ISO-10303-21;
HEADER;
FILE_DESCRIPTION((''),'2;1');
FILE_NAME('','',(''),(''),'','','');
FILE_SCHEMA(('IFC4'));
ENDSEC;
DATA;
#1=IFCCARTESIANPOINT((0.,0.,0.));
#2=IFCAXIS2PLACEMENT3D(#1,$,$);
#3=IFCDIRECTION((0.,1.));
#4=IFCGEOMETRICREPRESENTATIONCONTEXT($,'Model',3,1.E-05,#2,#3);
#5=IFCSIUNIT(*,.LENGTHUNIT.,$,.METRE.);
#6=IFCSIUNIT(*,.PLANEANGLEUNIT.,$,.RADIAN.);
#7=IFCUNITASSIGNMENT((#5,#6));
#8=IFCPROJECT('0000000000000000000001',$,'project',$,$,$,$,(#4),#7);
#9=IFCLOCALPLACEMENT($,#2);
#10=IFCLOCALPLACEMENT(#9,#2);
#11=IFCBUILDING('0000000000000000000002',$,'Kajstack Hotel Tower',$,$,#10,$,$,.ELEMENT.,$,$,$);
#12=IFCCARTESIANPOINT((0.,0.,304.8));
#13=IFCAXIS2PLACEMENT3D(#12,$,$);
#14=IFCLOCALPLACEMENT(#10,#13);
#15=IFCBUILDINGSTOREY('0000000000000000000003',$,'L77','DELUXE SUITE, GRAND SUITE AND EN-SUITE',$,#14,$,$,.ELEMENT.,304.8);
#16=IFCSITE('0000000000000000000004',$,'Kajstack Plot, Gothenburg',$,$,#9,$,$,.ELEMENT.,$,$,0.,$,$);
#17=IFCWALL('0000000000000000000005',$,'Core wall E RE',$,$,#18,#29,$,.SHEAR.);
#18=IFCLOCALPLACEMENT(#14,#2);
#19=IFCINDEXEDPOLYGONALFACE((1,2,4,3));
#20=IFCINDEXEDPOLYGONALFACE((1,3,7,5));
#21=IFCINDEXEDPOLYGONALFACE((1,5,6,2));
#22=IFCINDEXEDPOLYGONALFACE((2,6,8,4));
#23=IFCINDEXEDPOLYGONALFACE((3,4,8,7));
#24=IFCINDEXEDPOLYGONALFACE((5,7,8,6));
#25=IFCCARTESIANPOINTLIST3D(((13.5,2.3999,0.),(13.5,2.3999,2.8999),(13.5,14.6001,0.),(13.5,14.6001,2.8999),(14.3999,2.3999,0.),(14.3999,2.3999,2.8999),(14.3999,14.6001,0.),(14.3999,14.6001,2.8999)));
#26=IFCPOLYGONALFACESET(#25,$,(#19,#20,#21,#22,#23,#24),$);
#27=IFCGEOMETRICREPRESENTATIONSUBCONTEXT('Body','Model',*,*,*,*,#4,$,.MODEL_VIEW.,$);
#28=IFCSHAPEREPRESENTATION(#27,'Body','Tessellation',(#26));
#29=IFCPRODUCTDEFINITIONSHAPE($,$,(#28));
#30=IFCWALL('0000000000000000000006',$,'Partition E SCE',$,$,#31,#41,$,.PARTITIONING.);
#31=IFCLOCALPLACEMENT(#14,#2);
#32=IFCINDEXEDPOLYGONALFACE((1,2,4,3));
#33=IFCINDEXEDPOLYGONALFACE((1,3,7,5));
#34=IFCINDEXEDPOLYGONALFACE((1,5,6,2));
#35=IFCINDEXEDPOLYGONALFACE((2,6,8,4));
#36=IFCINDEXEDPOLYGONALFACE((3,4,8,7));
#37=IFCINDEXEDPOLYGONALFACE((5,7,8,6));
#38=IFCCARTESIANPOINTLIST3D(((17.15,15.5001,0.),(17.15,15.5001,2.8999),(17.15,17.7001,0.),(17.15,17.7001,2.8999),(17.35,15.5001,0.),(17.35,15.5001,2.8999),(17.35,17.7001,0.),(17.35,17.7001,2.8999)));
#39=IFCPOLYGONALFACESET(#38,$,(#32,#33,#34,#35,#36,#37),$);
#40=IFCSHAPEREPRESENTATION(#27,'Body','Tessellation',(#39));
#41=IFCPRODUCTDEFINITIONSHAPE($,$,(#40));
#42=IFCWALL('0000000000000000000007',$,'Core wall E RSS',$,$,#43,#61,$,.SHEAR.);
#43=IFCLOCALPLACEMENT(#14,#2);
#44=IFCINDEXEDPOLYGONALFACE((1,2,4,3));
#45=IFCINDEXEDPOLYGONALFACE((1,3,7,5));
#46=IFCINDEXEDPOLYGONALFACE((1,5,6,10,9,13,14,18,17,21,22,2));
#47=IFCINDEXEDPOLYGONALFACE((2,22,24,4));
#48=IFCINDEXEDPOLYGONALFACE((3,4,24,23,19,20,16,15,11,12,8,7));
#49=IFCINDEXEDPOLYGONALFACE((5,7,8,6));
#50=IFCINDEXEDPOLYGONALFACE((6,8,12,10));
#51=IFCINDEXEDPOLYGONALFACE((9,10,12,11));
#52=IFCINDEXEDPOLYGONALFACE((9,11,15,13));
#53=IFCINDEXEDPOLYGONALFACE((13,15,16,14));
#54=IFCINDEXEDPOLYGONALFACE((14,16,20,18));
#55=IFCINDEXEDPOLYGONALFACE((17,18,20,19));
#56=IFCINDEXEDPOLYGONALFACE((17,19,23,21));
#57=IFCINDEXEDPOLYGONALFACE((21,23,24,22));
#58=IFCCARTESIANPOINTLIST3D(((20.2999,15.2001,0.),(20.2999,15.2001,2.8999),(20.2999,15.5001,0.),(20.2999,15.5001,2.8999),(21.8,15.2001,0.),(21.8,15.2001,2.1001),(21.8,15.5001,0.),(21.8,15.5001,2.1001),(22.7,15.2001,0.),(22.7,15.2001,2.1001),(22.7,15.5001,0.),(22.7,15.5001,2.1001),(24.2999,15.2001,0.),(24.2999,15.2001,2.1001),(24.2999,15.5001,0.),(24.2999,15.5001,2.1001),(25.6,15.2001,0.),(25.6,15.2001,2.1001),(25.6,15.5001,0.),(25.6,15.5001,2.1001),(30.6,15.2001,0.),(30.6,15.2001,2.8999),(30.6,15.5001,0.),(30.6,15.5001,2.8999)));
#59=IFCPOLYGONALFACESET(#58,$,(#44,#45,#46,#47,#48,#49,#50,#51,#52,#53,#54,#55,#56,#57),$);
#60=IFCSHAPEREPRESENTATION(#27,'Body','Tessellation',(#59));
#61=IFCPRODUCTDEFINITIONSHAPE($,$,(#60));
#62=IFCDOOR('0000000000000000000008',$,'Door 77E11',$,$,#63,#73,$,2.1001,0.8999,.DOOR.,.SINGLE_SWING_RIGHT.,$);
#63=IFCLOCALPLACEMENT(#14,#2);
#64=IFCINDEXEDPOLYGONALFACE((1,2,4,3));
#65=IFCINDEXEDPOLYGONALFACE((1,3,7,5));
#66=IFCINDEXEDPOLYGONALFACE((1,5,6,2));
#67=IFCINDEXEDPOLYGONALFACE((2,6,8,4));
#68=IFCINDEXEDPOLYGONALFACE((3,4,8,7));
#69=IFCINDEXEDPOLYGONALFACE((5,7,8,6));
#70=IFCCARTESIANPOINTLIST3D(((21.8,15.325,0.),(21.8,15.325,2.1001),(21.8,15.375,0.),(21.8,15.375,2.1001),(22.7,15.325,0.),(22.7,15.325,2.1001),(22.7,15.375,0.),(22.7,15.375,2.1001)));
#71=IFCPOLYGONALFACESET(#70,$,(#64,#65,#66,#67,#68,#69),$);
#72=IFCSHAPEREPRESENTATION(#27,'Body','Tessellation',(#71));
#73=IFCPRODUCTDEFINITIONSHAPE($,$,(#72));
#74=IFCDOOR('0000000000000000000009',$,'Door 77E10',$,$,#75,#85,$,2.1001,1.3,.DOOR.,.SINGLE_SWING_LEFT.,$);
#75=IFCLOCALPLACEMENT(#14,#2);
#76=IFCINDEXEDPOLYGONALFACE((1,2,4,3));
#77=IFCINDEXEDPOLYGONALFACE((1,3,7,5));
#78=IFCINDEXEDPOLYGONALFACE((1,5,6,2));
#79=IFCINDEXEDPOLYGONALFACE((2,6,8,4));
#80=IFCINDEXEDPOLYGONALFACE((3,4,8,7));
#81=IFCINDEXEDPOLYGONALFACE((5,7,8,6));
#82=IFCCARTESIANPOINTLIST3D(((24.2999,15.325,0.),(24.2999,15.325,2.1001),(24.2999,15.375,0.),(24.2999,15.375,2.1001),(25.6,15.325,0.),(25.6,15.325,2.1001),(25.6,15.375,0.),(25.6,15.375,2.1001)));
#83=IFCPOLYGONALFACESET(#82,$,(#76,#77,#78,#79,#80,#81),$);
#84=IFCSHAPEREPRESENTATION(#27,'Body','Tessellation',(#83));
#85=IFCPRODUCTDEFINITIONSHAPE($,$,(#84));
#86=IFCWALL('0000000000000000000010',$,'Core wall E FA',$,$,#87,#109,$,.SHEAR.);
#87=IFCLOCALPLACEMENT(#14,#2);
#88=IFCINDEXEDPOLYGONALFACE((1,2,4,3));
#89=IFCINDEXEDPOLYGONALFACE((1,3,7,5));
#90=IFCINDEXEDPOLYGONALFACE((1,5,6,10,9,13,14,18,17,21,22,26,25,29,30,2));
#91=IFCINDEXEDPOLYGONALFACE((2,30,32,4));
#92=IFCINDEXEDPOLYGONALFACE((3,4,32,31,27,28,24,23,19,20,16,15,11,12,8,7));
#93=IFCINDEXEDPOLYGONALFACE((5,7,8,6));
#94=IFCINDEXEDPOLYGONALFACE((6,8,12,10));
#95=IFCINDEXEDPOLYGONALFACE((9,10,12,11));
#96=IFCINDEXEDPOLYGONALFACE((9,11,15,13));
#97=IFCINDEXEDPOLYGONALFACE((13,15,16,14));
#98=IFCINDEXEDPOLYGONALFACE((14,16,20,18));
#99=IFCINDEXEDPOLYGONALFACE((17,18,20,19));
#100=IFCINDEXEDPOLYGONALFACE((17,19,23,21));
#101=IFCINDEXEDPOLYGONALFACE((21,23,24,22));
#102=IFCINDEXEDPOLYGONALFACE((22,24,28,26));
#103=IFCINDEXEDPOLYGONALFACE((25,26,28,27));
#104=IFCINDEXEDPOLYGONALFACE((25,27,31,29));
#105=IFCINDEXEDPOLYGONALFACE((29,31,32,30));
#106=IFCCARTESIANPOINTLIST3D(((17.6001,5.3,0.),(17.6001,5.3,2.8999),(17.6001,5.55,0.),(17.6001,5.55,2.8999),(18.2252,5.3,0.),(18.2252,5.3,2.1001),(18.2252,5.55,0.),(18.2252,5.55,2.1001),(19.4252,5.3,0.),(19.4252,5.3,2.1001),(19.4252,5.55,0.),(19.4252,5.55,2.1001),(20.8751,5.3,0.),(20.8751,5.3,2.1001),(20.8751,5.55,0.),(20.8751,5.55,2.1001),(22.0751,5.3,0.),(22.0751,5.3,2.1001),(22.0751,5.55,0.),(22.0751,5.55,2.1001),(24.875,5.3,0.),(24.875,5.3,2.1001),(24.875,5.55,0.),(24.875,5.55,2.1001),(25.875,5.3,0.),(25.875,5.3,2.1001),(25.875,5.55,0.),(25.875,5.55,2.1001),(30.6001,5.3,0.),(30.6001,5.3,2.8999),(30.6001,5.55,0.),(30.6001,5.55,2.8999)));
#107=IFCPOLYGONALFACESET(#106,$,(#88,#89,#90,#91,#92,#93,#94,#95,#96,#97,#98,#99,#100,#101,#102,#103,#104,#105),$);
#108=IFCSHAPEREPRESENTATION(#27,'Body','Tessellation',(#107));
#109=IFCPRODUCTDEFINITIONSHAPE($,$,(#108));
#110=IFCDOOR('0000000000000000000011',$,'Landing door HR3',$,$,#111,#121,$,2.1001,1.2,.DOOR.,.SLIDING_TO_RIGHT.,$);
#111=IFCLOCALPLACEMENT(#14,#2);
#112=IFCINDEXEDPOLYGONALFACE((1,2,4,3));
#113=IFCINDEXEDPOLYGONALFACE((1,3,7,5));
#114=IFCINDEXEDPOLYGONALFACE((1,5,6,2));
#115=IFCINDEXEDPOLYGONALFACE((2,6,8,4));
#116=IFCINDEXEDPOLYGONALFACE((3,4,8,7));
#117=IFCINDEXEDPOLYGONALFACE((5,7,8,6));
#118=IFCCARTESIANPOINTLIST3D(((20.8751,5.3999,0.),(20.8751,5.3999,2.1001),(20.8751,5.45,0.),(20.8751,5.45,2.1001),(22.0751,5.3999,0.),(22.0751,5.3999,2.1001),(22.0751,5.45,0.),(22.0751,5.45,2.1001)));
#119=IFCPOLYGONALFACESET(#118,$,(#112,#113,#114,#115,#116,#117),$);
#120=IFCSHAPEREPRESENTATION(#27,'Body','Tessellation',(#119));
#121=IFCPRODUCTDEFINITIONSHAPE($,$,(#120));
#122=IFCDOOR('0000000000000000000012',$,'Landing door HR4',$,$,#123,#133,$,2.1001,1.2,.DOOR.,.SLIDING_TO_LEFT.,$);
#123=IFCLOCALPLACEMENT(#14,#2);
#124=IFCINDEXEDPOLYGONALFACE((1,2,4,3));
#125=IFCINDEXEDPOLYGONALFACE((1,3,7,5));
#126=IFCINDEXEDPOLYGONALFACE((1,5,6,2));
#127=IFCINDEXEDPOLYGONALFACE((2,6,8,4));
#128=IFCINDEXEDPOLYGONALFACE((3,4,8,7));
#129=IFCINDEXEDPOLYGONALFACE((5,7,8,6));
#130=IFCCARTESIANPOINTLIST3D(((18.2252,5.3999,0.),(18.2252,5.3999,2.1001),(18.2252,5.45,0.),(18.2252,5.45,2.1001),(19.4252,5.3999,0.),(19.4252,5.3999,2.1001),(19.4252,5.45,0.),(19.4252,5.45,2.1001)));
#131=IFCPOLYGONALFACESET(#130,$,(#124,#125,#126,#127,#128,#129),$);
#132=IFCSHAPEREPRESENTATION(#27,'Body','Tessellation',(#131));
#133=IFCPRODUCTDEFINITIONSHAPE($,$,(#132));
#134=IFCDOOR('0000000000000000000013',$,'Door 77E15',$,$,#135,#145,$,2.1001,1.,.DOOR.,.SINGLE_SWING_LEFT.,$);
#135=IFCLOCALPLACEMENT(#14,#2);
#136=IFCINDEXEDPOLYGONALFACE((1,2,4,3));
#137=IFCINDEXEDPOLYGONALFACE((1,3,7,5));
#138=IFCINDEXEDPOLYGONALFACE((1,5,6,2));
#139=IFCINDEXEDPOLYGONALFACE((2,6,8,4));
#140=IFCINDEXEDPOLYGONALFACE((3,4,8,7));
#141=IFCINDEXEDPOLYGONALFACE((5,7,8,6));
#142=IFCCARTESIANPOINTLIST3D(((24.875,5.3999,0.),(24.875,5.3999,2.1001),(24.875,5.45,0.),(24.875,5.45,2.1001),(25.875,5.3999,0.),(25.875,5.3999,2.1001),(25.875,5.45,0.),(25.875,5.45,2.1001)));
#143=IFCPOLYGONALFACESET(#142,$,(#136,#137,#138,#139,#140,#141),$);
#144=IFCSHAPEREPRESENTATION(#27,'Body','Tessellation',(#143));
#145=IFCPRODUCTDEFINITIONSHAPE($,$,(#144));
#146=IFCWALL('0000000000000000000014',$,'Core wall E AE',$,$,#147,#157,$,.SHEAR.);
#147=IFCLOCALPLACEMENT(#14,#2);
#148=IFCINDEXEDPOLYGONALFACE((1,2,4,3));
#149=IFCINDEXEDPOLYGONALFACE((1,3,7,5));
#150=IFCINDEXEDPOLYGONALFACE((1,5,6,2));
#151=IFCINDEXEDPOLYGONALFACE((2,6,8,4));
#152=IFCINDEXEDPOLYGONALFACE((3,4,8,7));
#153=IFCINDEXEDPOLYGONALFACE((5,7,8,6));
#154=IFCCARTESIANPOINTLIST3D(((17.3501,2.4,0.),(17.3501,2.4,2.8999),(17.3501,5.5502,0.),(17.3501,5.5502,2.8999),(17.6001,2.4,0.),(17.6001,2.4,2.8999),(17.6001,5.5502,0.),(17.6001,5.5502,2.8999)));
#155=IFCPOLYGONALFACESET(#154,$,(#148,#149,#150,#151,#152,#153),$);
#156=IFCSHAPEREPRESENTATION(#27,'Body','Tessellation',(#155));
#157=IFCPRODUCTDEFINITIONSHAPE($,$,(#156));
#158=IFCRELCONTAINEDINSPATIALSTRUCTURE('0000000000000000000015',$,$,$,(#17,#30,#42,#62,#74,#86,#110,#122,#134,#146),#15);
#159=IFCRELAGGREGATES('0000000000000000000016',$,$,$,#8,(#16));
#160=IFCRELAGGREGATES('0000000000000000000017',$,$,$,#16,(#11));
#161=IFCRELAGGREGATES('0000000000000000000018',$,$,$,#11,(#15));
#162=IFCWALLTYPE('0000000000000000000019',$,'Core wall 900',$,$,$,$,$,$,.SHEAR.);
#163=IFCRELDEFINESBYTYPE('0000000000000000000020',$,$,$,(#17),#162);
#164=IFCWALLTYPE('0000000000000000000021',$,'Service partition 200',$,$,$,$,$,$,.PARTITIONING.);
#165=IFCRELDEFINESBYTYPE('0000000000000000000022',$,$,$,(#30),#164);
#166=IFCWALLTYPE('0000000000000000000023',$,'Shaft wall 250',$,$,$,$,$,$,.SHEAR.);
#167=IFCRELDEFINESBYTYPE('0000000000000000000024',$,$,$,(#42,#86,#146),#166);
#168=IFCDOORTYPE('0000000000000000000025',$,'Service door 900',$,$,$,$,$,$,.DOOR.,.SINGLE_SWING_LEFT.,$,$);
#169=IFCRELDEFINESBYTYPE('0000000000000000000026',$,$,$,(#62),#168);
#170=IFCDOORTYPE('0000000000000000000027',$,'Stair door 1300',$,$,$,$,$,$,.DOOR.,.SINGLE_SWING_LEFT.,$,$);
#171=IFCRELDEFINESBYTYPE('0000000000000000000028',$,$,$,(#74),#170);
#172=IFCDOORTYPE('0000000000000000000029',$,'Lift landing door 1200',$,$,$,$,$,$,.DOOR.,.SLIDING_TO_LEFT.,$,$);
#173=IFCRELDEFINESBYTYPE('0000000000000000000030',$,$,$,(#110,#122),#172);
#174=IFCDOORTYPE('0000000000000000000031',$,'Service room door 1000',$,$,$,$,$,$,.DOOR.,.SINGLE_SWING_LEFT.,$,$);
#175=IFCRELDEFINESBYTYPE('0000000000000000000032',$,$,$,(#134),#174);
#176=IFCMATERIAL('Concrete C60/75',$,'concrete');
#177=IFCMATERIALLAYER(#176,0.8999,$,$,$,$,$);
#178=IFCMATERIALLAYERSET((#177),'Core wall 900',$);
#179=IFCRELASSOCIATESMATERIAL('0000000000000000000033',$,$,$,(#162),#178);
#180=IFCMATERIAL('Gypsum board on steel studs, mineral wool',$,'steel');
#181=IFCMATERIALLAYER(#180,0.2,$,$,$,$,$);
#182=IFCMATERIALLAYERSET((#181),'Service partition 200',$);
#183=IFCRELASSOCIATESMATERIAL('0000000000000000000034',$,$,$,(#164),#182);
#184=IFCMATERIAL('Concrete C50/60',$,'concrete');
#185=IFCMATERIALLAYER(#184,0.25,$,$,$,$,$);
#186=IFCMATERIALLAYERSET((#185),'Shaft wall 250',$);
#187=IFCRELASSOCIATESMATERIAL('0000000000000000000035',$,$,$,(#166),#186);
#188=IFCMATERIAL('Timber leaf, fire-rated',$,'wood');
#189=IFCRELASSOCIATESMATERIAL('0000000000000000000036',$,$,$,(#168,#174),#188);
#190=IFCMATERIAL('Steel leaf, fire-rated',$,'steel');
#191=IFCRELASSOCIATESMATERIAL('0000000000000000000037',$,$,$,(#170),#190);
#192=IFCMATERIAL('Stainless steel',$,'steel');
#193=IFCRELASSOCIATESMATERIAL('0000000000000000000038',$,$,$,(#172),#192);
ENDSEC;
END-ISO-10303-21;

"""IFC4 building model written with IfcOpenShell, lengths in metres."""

from ifc_helpers import new_model, si_unit, direction, frame, frame_2d, origin, place, context, subcontext, project, spatial, rectangle, extrude, material, layer, layer_set, type_object, element, fill, save


model = new_model("IFC4")

# Units and contexts
model_context = context("Model", 3, precision=1e-05, world=origin(), true_north=direction((0.0, 1.0)))
body_context = subcontext(model_context, "Body", "Model", "MODEL_VIEW")
ifc_project = project(units=[si_unit("LENGTHUNIT", "METRE"), si_unit("PLANEANGLEUNIT", "RADIAN")], contexts=[model_context])

# Site, building, storey
site_placement = place(None, origin())
site = spatial("IfcSite", under=ifc_project, at=site_placement, Name="Kajstack Plot, Gothenburg", CompositionType="ELEMENT", RefElevation=0.0)
building_placement = place(site_placement, origin())
building = spatial("IfcBuilding", under=site, at=building_placement, Name="Kajstack Hotel Tower", CompositionType="ELEMENT")
storey_placement = place(building_placement, frame((0.0, 0.0, 304.8)))
storey = spatial("IfcBuildingStorey", under=building, at=storey_placement, Name="L77", Description="DELUXE SUITE, GRAND SUITE AND EN-SUITE", CompositionType="ELEMENT", Elevation=304.8)

# Walls
ifc_material_1 = material(Name="Concrete C60/75", Category="concrete")
ifc_layer_1 = layer(ifc_material_1, 0.8999)
ifc_layer_set_1 = layer_set([ifc_layer_1], Name="Core wall 900")
wall_type_1 = type_object("IfcWallType", Name="Core wall 900", PredefinedType="SHEAR", material=ifc_layer_set_1)
wall_1_placement = place(storey_placement, frame((13.95, 2.3999, 0.0), z_axis=(0.0, 0.0, 1.0), x_axis=(0.0, 1.0, 0.0)))
element("IfcWall", 1, at=wall_1_placement, inside=storey, type_object=wall_type_1, Name="Core wall E RE", PredefinedType="SHEAR", context=body_context, shape_type="SweptSolid", body=[
    extrude(rectangle(XDim=12.2002, YDim=0.8999, at=frame_2d((6.1001, 0.0))), origin(), (0.0, 0.0, 1.0), 2.8999),
])
ifc_material_2 = material(Name="Gypsum board on steel studs, mineral wool", Category="steel")
ifc_layer_2 = layer(ifc_material_2, 0.2)
ifc_layer_set_2 = layer_set([ifc_layer_2], Name="Service partition 200")
wall_type_2 = type_object("IfcWallType", Name="Service partition 200", PredefinedType="PARTITIONING", material=ifc_layer_set_2)
wall_2_placement = place(storey_placement, frame((17.25, 15.5, 0.0), z_axis=(0.0, 0.0, 1.0), x_axis=(0.0, 1.0, 0.0)))
element("IfcWall", 2, at=wall_2_placement, inside=storey, type_object=wall_type_2, Name="Partition E SCE", PredefinedType="PARTITIONING", context=body_context, shape_type="SweptSolid", body=[
    extrude(rectangle(XDim=2.2, YDim=0.2, at=frame_2d((1.1001, 0.0))), origin(), (0.0, 0.0, 1.0), 2.8999),
])

# Walls, openings, doors
ifc_material_3 = material(Name="Concrete C50/60", Category="concrete")
ifc_layer_3 = layer(ifc_material_3, 0.25)
ifc_layer_set_3 = layer_set([ifc_layer_3], Name="Shaft wall 250")
wall_type_3 = type_object("IfcWallType", Name="Shaft wall 250", PredefinedType="SHEAR", material=ifc_layer_set_3)
wall_3_placement = place(storey_placement, frame((20.3, 15.3501, 0.0), z_axis=(0.0, 0.0, 1.0), x_axis=(1.0, 0.0, 0.0)))
wall_3 = element("IfcWall", 3, at=wall_3_placement, inside=storey, type_object=wall_type_3, Name="Core wall E RSS", PredefinedType="SHEAR", context=body_context, shape_type="SweptSolid", body=[
    extrude(rectangle(XDim=10.3, YDim=0.3, at=frame_2d((5.1499, 0.0))), origin(), (0.0, 0.0, 1.0), 2.8999),
])
opening_1_placement = place(wall_3_placement, frame((4.0, 0.0, 0.0)))
opening_1 = element("IfcOpeningElement", 4, at=opening_1_placement, cuts=wall_3, PredefinedType="OPENING", context=body_context, shape_type="SweptSolid", body=[
    extrude(rectangle(XDim=1.3, YDim=2.1001, at=frame_2d((0.6499, 1.05))), frame((0.0, 0.1599, 0.0), z_axis=(0.0, -1.0, 0.0), x_axis=(1.0, 0.0, 0.0)), (0.0, 0.0, 1.0), 0.3201),
])
opening_2_placement = place(wall_3_placement, frame((1.5, 0.0, 0.0)))
opening_2 = element("IfcOpeningElement", 5, at=opening_2_placement, cuts=wall_3, PredefinedType="OPENING", context=body_context, shape_type="SweptSolid", body=[
    extrude(rectangle(XDim=0.8999, YDim=2.1001, at=frame_2d((0.45, 1.05))), frame((0.0, 0.1599, 0.0), z_axis=(0.0, -1.0, 0.0), x_axis=(1.0, 0.0, 0.0)), (0.0, 0.0, 1.0), 0.3201),
])
ifc_material_4 = material(Name="Timber leaf, fire-rated", Category="wood")
door_type_1 = type_object("IfcDoorType", Name="Service door 900", OperationType="SINGLE_SWING_LEFT", PredefinedType="DOOR", material=ifc_material_4)
door_1_placement = place(opening_2_placement, origin())
door_1 = element("IfcDoor", 6, at=door_1_placement, inside=storey, type_object=door_type_1, Name="Door 77E11", OperationType="SINGLE_SWING_RIGHT", OverallHeight=2.1001, OverallWidth=0.8999, PredefinedType="DOOR", context=body_context, shape_type="SweptSolid", body=[
    extrude(rectangle(XDim=0.8999, YDim=2.1001, at=frame_2d((0.45, 1.05))), frame((0.0, 0.0249, 0.0), z_axis=(0.0, -1.0, 0.0), x_axis=(1.0, 0.0, 0.0)), (0.0, 0.0, 1.0), 0.05),
])
fill(opening_2, door_1)
ifc_material_5 = material(Name="Steel leaf, fire-rated", Category="steel")
door_type_2 = type_object("IfcDoorType", Name="Stair door 1300", OperationType="SINGLE_SWING_LEFT", PredefinedType="DOOR", material=ifc_material_5)
door_2_placement = place(opening_1_placement, origin())
door_2 = element("IfcDoor", 7, at=door_2_placement, inside=storey, type_object=door_type_2, Name="Door 77E10", OperationType="SINGLE_SWING_LEFT", OverallHeight=2.1001, OverallWidth=1.3, PredefinedType="DOOR", context=body_context, shape_type="SweptSolid", body=[
    extrude(rectangle(XDim=1.3, YDim=2.1001, at=frame_2d((0.6499, 1.05))), frame((0.0, 0.0249, 0.0), z_axis=(0.0, -1.0, 0.0), x_axis=(1.0, 0.0, 0.0)), (0.0, 0.0, 1.0), 0.05),
])
fill(opening_1, door_2)
wall_4_placement = place(storey_placement, frame((17.6001, 5.425, 0.0), z_axis=(0.0, 0.0, 1.0), x_axis=(1.0, 0.0, 0.0)))
wall_4 = element("IfcWall", 8, at=wall_4_placement, inside=storey, type_object=wall_type_3, Name="Core wall E FA", PredefinedType="SHEAR", context=body_context, shape_type="SweptSolid", body=[
    extrude(rectangle(XDim=13.0, YDim=0.25, at=frame_2d((6.5, 0.0))), origin(), (0.0, 0.0, 1.0), 2.8999),
])
opening_3_placement = place(wall_4_placement, frame((3.2749, 0.0, 0.0)))
opening_3 = element("IfcOpeningElement", 9, at=opening_3_placement, cuts=wall_4, PredefinedType="OPENING", context=body_context, shape_type="SweptSolid", body=[
    extrude(rectangle(XDim=1.2, YDim=2.1001, at=frame_2d((0.6001, 1.05))), frame((0.0, 0.135, 0.0), z_axis=(0.0, -1.0, 0.0), x_axis=(1.0, 0.0, 0.0)), (0.0, 0.0, 1.0), 0.27),
])
opening_4_placement = place(wall_4_placement, frame((0.625, 0.0, 0.0)))
opening_4 = element("IfcOpeningElement", 10, at=opening_4_placement, cuts=wall_4, PredefinedType="OPENING", context=body_context, shape_type="SweptSolid", body=[
    extrude(rectangle(XDim=1.2, YDim=2.1001, at=frame_2d((0.6001, 1.05))), frame((0.0, 0.135, 0.0), z_axis=(0.0, -1.0, 0.0), x_axis=(1.0, 0.0, 0.0)), (0.0, 0.0, 1.0), 0.27),
])
opening_5_placement = place(wall_4_placement, frame((7.2749, 0.0, 0.0)))
opening_5 = element("IfcOpeningElement", 11, at=opening_5_placement, cuts=wall_4, PredefinedType="OPENING", context=body_context, shape_type="SweptSolid", body=[
    extrude(rectangle(XDim=1.0, YDim=2.1001, at=frame_2d((0.5, 1.05))), frame((0.0, 0.135, 0.0), z_axis=(0.0, -1.0, 0.0), x_axis=(1.0, 0.0, 0.0)), (0.0, 0.0, 1.0), 0.27),
])
ifc_material_6 = material(Name="Stainless steel", Category="steel")
door_type_3 = type_object("IfcDoorType", Name="Lift landing door 1200", OperationType="SLIDING_TO_LEFT", PredefinedType="DOOR", material=ifc_material_6)
door_3_placement = place(opening_3_placement, origin())
door_3 = element("IfcDoor", 12, at=door_3_placement, inside=storey, type_object=door_type_3, Name="Landing door HR3", OperationType="SLIDING_TO_RIGHT", OverallHeight=2.1001, OverallWidth=1.2, PredefinedType="DOOR", context=body_context, shape_type="SweptSolid", body=[
    extrude(rectangle(XDim=1.2, YDim=2.1001, at=frame_2d((0.6001, 1.05))), frame((0.0, 0.0249, 0.0), z_axis=(0.0, -1.0, 0.0), x_axis=(1.0, 0.0, 0.0)), (0.0, 0.0, 1.0), 0.05),
])
fill(opening_3, door_3)
door_4_placement = place(opening_4_placement, origin())
door_4 = element("IfcDoor", 13, at=door_4_placement, inside=storey, type_object=door_type_3, Name="Landing door HR4", OperationType="SLIDING_TO_LEFT", OverallHeight=2.1001, OverallWidth=1.2, PredefinedType="DOOR", context=body_context, shape_type="SweptSolid", body=[
    extrude(rectangle(XDim=1.2, YDim=2.1001, at=frame_2d((0.6001, 1.05))), frame((0.0, 0.0249, 0.0), z_axis=(0.0, -1.0, 0.0), x_axis=(1.0, 0.0, 0.0)), (0.0, 0.0, 1.0), 0.05),
])
fill(opening_4, door_4)
door_type_4 = type_object("IfcDoorType", Name="Service room door 1000", OperationType="SINGLE_SWING_LEFT", PredefinedType="DOOR", material=ifc_material_4)
door_5_placement = place(opening_5_placement, origin())
door_5 = element("IfcDoor", 14, at=door_5_placement, inside=storey, type_object=door_type_4, Name="Door 77E15", OperationType="SINGLE_SWING_LEFT", OverallHeight=2.1001, OverallWidth=1.0, PredefinedType="DOOR", context=body_context, shape_type="SweptSolid", body=[
    extrude(rectangle(XDim=1.0, YDim=2.1001, at=frame_2d((0.5, 1.05))), frame((0.0, 0.0249, 0.0), z_axis=(0.0, -1.0, 0.0), x_axis=(1.0, 0.0, 0.0)), (0.0, 0.0, 1.0), 0.05),
])
fill(opening_5, door_5)

# Wall
wall_5_placement = place(storey_placement, frame((17.4751, 2.3999, 0.0), z_axis=(0.0, 0.0, 1.0), x_axis=(0.0, 1.0, 0.0)))
element("IfcWall", 15, at=wall_5_placement, inside=storey, type_object=wall_type_3, Name="Core wall E AE", PredefinedType="SHEAR", context=body_context, shape_type="SweptSolid", body=[
    extrude(rectangle(XDim=3.1501, YDim=0.25, at=frame_2d((1.5752, 0.0))), origin(), (0.0, 0.0, 1.0), 2.8999),
])

save(model, "model.ifc")
